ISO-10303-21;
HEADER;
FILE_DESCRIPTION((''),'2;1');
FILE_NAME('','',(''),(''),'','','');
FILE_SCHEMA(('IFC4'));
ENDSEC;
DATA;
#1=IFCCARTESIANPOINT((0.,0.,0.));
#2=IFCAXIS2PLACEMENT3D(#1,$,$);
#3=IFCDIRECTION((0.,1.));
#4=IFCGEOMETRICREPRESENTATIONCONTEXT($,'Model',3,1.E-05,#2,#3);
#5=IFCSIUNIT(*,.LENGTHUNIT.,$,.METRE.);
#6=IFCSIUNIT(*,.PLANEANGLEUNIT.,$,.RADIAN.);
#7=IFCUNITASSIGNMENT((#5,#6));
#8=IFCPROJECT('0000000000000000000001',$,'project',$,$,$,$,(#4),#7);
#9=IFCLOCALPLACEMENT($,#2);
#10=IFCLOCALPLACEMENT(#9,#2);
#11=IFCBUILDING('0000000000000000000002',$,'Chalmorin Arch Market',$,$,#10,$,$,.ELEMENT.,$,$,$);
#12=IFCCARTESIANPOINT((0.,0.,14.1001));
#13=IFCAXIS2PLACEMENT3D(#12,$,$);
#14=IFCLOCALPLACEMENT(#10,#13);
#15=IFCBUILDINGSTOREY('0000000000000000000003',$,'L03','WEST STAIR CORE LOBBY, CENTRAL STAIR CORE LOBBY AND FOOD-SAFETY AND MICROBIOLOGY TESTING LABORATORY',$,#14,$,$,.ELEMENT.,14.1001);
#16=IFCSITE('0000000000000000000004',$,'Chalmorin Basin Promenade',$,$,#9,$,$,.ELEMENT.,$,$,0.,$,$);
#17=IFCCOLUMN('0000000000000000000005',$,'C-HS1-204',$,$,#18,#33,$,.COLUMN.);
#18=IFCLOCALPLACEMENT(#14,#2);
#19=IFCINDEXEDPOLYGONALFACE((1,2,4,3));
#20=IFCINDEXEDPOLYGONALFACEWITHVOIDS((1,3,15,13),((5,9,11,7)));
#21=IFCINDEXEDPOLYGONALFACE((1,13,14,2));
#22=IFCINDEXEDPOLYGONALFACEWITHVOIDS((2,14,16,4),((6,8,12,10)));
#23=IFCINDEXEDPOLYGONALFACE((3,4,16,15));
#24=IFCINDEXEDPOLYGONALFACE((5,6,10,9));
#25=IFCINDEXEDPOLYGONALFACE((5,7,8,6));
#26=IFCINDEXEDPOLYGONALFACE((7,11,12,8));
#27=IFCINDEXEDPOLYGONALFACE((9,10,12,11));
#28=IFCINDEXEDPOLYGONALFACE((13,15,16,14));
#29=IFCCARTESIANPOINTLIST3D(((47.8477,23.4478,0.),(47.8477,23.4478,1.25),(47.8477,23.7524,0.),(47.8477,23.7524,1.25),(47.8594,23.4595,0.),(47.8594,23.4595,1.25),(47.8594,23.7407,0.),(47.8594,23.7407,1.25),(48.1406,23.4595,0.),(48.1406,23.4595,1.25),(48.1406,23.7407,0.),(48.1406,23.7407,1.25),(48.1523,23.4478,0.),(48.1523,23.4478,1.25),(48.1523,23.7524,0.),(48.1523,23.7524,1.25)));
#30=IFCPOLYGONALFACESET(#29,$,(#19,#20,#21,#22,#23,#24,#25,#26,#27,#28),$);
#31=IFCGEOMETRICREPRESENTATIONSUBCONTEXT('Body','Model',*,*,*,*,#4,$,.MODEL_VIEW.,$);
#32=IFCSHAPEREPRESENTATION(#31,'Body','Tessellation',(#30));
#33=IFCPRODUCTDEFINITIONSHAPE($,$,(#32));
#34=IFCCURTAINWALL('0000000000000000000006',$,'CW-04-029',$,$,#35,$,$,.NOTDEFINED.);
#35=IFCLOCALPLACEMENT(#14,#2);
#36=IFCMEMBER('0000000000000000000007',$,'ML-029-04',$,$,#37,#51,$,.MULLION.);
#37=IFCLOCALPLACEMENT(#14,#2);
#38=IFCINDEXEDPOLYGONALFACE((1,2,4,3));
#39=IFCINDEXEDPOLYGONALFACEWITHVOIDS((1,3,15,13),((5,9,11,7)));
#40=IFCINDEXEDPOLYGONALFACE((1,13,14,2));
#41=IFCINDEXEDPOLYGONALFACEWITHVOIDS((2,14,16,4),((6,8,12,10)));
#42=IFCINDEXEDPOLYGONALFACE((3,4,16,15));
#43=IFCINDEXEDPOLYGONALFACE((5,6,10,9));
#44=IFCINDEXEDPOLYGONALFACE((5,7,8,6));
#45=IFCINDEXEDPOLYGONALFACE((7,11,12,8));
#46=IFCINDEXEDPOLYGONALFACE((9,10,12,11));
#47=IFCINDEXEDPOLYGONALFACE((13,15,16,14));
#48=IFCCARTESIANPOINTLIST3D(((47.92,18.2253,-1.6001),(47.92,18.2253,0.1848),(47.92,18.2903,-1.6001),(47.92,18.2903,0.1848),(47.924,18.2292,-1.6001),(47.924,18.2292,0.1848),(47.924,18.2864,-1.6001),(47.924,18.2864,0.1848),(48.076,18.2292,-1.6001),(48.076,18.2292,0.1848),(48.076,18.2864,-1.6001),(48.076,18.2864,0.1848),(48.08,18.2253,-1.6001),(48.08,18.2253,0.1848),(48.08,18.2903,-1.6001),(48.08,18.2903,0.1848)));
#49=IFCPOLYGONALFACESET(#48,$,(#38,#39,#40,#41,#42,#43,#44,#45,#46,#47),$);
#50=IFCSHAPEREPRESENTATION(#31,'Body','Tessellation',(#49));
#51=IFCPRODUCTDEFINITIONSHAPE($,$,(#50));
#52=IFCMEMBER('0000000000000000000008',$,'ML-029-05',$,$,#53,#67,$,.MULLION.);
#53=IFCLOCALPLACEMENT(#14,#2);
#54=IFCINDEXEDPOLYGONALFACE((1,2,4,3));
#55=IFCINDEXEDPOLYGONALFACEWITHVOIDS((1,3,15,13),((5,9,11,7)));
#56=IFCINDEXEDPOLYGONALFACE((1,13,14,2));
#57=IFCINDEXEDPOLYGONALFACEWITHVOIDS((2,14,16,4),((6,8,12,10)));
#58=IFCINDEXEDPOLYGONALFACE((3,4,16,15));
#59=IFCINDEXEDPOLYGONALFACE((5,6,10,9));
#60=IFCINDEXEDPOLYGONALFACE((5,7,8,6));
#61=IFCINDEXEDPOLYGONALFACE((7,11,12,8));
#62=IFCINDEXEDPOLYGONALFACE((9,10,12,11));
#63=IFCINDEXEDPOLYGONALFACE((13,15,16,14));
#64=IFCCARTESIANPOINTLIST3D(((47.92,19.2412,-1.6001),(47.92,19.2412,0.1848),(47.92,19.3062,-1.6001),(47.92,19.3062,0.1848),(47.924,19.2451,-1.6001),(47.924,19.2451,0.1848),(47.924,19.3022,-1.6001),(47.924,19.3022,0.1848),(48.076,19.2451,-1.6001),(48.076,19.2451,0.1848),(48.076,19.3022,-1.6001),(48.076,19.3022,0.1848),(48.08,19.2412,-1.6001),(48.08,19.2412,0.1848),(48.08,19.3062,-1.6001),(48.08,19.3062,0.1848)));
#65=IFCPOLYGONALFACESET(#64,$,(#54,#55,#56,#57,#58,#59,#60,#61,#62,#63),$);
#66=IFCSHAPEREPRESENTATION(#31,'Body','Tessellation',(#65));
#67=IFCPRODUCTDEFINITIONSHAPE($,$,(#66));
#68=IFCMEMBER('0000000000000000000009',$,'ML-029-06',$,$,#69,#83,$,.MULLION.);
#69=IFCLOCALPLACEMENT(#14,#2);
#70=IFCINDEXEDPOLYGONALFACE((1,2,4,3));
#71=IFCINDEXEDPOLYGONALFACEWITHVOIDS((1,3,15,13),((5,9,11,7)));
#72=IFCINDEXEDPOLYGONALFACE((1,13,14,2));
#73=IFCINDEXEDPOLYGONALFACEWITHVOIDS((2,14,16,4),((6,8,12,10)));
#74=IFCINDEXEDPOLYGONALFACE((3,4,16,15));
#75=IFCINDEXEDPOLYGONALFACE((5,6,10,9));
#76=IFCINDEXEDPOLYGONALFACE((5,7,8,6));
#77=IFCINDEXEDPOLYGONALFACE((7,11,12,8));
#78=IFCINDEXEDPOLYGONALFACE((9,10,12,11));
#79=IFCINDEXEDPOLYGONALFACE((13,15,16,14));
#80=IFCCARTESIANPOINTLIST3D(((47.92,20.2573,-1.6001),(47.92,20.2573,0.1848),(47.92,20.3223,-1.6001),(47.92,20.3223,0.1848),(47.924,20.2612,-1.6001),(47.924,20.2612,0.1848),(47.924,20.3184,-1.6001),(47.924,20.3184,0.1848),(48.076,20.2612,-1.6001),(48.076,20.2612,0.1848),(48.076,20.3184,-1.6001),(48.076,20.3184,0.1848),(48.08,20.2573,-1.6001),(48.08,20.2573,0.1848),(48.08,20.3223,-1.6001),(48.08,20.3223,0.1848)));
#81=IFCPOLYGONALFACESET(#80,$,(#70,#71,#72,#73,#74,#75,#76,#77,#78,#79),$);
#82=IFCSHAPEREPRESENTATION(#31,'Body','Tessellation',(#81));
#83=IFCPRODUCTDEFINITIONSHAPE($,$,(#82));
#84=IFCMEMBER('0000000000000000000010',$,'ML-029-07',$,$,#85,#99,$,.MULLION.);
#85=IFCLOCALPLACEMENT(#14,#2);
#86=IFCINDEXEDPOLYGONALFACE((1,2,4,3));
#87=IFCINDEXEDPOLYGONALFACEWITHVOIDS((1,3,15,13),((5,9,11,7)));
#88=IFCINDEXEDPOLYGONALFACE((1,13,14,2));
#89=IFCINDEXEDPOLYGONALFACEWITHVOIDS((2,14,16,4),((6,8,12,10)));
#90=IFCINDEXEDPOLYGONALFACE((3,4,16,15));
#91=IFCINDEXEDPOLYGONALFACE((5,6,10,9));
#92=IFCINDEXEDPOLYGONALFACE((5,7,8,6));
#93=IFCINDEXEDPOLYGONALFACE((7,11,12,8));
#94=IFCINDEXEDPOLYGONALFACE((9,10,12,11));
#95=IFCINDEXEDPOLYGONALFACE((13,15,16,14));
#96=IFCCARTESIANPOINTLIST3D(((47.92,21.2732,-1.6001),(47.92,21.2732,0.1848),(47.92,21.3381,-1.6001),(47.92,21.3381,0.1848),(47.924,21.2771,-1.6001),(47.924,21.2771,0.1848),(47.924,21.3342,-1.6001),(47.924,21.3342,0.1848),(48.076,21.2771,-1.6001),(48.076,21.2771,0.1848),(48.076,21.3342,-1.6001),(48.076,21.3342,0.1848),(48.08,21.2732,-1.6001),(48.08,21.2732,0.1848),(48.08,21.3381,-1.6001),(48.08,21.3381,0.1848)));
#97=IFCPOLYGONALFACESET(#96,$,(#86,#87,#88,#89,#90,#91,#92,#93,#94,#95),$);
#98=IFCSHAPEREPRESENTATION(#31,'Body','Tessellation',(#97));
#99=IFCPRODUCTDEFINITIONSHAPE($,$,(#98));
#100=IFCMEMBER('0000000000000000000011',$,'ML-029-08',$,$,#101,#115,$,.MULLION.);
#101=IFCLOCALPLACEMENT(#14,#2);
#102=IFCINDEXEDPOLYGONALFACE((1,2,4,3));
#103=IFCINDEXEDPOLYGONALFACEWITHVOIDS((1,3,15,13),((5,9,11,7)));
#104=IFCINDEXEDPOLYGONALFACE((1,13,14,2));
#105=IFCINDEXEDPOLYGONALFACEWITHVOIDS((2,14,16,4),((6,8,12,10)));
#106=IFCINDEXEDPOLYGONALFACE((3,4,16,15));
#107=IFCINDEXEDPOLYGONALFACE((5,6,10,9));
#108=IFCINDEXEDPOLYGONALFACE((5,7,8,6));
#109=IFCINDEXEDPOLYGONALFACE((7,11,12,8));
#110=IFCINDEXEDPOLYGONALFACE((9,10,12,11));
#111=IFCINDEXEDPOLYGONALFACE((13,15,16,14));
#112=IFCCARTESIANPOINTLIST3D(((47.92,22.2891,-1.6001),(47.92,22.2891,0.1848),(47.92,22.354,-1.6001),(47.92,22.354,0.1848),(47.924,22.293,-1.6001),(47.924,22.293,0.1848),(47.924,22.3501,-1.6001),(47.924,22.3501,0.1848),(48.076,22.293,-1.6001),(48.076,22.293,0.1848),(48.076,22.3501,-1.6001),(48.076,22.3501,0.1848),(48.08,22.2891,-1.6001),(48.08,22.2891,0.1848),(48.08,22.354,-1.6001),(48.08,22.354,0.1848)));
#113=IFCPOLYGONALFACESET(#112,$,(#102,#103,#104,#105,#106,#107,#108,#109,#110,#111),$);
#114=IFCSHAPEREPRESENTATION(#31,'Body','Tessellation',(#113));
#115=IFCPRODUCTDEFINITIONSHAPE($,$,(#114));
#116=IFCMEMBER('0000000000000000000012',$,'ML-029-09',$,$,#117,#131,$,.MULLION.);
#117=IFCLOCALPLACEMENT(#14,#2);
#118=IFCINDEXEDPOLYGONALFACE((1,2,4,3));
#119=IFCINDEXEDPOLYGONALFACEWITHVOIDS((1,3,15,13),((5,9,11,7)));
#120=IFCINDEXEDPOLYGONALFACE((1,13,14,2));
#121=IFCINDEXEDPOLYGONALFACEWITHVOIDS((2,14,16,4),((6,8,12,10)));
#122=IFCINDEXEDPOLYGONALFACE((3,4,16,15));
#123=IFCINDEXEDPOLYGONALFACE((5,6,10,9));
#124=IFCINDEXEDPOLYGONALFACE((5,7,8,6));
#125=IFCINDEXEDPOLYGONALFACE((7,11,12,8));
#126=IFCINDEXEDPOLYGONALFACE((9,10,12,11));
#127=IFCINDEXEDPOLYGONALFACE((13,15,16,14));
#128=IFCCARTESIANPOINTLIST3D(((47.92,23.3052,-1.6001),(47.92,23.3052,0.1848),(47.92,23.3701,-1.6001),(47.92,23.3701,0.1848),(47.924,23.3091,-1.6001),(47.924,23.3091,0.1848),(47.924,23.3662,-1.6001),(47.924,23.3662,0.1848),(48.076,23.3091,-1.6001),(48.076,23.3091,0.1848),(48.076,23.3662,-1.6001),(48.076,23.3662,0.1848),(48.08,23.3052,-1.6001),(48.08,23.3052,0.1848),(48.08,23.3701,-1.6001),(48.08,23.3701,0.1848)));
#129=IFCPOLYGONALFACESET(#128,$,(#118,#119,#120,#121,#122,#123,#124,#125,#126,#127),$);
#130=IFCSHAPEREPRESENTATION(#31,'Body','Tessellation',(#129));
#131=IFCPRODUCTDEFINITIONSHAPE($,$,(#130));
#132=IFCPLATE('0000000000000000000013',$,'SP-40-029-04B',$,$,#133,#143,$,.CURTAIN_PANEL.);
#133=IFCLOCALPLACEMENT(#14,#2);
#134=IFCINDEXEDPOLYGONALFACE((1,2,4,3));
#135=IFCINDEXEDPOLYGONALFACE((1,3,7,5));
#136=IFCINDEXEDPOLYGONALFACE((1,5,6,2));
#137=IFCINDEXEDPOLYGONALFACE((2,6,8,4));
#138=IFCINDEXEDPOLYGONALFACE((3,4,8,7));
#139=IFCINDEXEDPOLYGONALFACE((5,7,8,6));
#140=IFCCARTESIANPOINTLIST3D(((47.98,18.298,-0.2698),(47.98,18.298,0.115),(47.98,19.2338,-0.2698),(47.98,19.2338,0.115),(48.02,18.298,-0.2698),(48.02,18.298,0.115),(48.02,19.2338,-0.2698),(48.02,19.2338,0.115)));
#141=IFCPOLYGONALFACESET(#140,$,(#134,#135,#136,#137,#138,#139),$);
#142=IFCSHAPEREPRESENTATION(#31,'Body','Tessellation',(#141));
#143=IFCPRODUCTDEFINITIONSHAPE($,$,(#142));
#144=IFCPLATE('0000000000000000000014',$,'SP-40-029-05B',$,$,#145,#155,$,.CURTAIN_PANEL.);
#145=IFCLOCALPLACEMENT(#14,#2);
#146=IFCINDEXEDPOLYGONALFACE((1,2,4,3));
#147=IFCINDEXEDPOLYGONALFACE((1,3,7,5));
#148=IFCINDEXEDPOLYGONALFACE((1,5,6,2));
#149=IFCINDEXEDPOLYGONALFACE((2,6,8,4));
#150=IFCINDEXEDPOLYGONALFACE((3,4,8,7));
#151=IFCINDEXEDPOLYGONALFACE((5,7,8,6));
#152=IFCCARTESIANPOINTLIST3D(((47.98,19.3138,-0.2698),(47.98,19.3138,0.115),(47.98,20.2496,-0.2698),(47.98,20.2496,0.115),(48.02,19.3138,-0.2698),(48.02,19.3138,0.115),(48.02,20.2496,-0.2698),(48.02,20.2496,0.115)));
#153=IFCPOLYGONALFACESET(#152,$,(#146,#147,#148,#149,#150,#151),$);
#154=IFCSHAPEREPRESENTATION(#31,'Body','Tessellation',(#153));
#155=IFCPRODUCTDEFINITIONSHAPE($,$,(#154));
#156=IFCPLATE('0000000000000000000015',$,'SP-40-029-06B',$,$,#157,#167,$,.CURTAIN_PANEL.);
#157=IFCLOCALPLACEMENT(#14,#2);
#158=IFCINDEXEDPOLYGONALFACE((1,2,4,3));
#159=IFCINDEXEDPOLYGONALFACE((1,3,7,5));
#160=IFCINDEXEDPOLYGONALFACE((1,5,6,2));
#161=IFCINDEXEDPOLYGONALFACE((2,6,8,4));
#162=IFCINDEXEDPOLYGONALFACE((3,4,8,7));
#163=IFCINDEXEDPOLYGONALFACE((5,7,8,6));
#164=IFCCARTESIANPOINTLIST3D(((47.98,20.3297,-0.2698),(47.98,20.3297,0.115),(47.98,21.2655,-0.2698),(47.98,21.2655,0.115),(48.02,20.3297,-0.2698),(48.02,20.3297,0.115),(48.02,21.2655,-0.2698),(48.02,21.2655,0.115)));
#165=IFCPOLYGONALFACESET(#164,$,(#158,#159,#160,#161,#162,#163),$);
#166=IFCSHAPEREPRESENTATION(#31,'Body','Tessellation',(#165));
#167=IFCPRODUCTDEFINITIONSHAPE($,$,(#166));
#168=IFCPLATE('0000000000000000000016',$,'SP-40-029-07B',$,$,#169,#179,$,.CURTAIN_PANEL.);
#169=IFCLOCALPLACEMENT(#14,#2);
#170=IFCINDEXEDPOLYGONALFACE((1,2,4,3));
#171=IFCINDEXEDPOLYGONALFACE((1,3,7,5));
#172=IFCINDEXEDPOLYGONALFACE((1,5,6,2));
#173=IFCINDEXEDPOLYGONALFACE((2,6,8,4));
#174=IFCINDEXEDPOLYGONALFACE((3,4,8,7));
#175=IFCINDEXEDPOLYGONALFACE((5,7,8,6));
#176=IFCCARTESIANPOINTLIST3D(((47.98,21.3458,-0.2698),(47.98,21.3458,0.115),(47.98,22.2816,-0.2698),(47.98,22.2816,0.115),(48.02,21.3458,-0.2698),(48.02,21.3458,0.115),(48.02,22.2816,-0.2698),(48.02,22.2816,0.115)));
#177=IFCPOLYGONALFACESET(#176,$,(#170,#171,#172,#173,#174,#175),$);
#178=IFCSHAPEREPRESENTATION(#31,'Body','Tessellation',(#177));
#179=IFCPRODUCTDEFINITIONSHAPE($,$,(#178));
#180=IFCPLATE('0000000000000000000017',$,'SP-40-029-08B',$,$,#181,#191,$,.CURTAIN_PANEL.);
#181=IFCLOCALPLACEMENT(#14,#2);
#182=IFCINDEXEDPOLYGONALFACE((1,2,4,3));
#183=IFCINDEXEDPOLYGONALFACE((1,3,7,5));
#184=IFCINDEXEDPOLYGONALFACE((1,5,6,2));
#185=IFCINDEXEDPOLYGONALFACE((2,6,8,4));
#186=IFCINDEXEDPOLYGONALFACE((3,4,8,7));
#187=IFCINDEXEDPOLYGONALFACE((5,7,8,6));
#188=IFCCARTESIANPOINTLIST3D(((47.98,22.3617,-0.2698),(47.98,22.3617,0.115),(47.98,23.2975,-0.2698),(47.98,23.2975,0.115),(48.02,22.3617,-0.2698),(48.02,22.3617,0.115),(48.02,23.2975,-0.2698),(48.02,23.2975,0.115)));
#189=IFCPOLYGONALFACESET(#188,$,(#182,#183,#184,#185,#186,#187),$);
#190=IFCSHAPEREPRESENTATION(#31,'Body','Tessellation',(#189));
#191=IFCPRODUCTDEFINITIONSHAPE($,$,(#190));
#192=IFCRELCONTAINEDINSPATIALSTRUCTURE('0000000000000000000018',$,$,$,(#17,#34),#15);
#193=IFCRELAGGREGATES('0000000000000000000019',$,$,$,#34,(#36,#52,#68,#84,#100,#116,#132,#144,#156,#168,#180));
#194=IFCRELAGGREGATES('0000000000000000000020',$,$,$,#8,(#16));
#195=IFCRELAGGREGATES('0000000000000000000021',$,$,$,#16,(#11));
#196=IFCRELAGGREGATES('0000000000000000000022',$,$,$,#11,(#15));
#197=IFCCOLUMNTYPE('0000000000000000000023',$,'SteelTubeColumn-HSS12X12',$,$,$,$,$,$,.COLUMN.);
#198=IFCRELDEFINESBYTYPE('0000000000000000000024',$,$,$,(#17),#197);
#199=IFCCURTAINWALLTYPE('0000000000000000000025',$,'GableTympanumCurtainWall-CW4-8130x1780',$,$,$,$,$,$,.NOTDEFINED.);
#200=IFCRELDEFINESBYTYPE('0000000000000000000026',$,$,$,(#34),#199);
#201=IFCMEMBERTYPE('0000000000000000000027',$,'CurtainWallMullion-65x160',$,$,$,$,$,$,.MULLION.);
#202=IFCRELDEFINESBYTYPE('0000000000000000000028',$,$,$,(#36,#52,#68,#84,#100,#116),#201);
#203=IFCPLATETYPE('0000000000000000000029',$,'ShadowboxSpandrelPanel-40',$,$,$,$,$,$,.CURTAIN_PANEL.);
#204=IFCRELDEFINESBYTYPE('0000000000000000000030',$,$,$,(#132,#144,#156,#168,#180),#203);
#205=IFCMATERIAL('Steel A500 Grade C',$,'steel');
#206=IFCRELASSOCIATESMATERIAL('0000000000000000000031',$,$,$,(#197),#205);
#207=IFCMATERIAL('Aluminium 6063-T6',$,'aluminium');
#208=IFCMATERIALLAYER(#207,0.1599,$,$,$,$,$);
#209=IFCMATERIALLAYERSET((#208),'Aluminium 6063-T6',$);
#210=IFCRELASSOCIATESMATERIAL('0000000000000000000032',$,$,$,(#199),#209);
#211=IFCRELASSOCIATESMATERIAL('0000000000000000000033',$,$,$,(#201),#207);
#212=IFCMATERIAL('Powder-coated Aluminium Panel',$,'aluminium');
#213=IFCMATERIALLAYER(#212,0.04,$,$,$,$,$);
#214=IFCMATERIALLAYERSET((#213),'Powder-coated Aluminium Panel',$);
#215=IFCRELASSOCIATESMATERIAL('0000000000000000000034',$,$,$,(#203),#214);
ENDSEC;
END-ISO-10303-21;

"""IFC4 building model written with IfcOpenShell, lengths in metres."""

from ifc_helpers import new_model, si_unit, direction, frame, origin, origin_2d, place, context, subcontext, project, spatial, rectangle, hollow_rectangle, extrude, material, layer, layer_set, material_profile, profile_set, type_object, element, aggregate, save


model = new_model("IFC4")

# Units and contexts
model_context = context("Model", 3, precision=1e-05, world=origin(), true_north=direction((0.0, 1.0)))
body_context = subcontext(model_context, "Body", "Model", "MODEL_VIEW")
ifc_project = project(units=[si_unit("LENGTHUNIT", "METRE"), si_unit("PLANEANGLEUNIT", "RADIAN")], contexts=[model_context])

# Site, building, storey
site_placement = place(None, origin())
site = spatial("IfcSite", under=ifc_project, at=site_placement, Name="Chalmorin Basin Promenade", CompositionType="ELEMENT", RefElevation=0.0)
building_placement = place(site_placement, origin())
building = spatial("IfcBuilding", under=site, at=building_placement, Name="Chalmorin Arch Market", CompositionType="ELEMENT")
storey_placement = place(building_placement, frame((0.0, 0.0, 14.1001)))
storey = spatial("IfcBuildingStorey", under=building, at=storey_placement, Name="L03", Description="WEST STAIR CORE LOBBY, CENTRAL STAIR CORE LOBBY AND FOOD-SAFETY AND MICROBIOLOGY TESTING LABORATORY", CompositionType="ELEMENT", Elevation=14.1001)

# Column
ifc_material_1 = material(Name="Steel A500 Grade C", Category="steel")
ifc_material_profile_1 = material_profile(ifc_material_1, hollow_rectangle(XDim=0.3047, YDim=0.3047, WallThickness=0.0117, at=origin_2d()), Name="HSS12X12X1/2")
ifc_profile_set_1 = profile_set([ifc_material_profile_1], Name="Steel A500 Grade C")
column_type = type_object("IfcColumnType", Name="SteelTubeColumn-HSS12X12", PredefinedType="COLUMN", material=ifc_profile_set_1)
column_placement = place(storey_placement, frame((48.0, 23.6001, 0.0), z_axis=(0.0, 0.0, 1.0), x_axis=(1.0, 0.0, 0.0)))
element("IfcColumn", 1, at=column_placement, inside=storey, type_object=column_type, Name="C-HS1-204", PredefinedType="COLUMN", context=body_context, shape_type="SweptSolid", body=[
    extrude(hollow_rectangle(XDim=0.3047, YDim=0.3047, WallThickness=0.0117, at=origin_2d()), origin(), (0.0, 0.0, 1.0), 1.25),
])

# Curtain wall, members, plates
ifc_material_2 = material(Name="Aluminium 6063-T6", Category="aluminium")
ifc_layer_1 = layer(ifc_material_2, 0.1599)
ifc_layer_set_1 = layer_set([ifc_layer_1], Name="Aluminium 6063-T6")
curtain_wall_type = type_object("IfcCurtainWallType", Name="GableTympanumCurtainWall-CW4-8130x1780", PredefinedType="NOTDEFINED", material=ifc_layer_set_1)
curtain_wall_placement = place(storey_placement, origin())
curtain_wall = element("IfcCurtainWall", 2, at=curtain_wall_placement, inside=storey, type_object=curtain_wall_type, Name="CW-04-029", PredefinedType="NOTDEFINED")
ifc_material_profile_2 = material_profile(ifc_material_2, hollow_rectangle(XDim=0.0649, YDim=0.1599, WallThickness=0.0039, at=origin_2d()), Name="ALU65X160X4")
ifc_profile_set_2 = profile_set([ifc_material_profile_2], Name="Aluminium 6063-T6")
member_type = type_object("IfcMemberType", Name="CurtainWallMullion-65x160", PredefinedType="MULLION", material=ifc_profile_set_2)
member_1_placement = place(storey_placement, frame((48.0, 18.2578, -1.6001), z_axis=(0.0, 0.0, 1.0), x_axis=(0.0, 1.0, 0.0)))
member_1 = element("IfcMember", 3, at=member_1_placement, type_object=member_type, Name="ML-029-04", PredefinedType="MULLION", context=body_context, shape_type="SweptSolid", body=[
    extrude(hollow_rectangle(XDim=0.0649, YDim=0.1599, WallThickness=0.0039, at=origin_2d()), origin(), (0.0, 0.0, 1.0), 1.7849),
])
member_2_placement = place(storey_placement, frame((48.0, 19.2737, -1.6001), z_axis=(0.0, 0.0, 1.0), x_axis=(0.0, 1.0, 0.0)))
member_2 = element("IfcMember", 4, at=member_2_placement, type_object=member_type, Name="ML-029-05", PredefinedType="MULLION", context=body_context, shape_type="SweptSolid", body=[
    extrude(hollow_rectangle(XDim=0.0649, YDim=0.1599, WallThickness=0.0039, at=origin_2d()), origin(), (0.0, 0.0, 1.0), 1.7849),
])
member_3_placement = place(storey_placement, frame((48.0, 20.2898, -1.6001), z_axis=(0.0, 0.0, 1.0), x_axis=(0.0, 1.0, 0.0)))
member_3 = element("IfcMember", 5, at=member_3_placement, type_object=member_type, Name="ML-029-06", PredefinedType="MULLION", context=body_context, shape_type="SweptSolid", body=[
    extrude(hollow_rectangle(XDim=0.0649, YDim=0.1599, WallThickness=0.0039, at=origin_2d()), origin(), (0.0, 0.0, 1.0), 1.7849),
])
member_4_placement = place(storey_placement, frame((48.0, 21.3057, -1.6001), z_axis=(0.0, 0.0, 1.0), x_axis=(0.0, 1.0, 0.0)))
member_4 = element("IfcMember", 6, at=member_4_placement, type_object=member_type, Name="ML-029-07", PredefinedType="MULLION", context=body_context, shape_type="SweptSolid", body=[
    extrude(hollow_rectangle(XDim=0.0649, YDim=0.1599, WallThickness=0.0039, at=origin_2d()), origin(), (0.0, 0.0, 1.0), 1.7849),
])
member_5_placement = place(storey_placement, frame((48.0, 22.3215, -1.6001), z_axis=(0.0, 0.0, 1.0), x_axis=(0.0, 1.0, 0.0)))
member_5 = element("IfcMember", 7, at=member_5_placement, type_object=member_type, Name="ML-029-08", PredefinedType="MULLION", context=body_context, shape_type="SweptSolid", body=[
    extrude(hollow_rectangle(XDim=0.0649, YDim=0.1599, WallThickness=0.0039, at=origin_2d()), origin(), (0.0, 0.0, 1.0), 1.7849),
])
member_6_placement = place(storey_placement, frame((48.0, 23.3376, -1.6001), z_axis=(0.0, 0.0, 1.0), x_axis=(0.0, 1.0, 0.0)))
member_6 = element("IfcMember", 8, at=member_6_placement, type_object=member_type, Name="ML-029-09", PredefinedType="MULLION", context=body_context, shape_type="SweptSolid", body=[
    extrude(hollow_rectangle(XDim=0.0649, YDim=0.1599, WallThickness=0.0039, at=origin_2d()), origin(), (0.0, 0.0, 1.0), 1.7849),
])
ifc_material_3 = material(Name="Powder-coated Aluminium Panel", Category="aluminium")
ifc_layer_2 = layer(ifc_material_3, 0.04)
ifc_layer_set_2 = layer_set([ifc_layer_2], Name="Powder-coated Aluminium Panel")
plate_type_1 = type_object("IfcPlateType", Name="ShadowboxSpandrelPanel-40", PredefinedType="CURTAIN_PANEL", material=ifc_layer_set_2)
plate_1_placement = place(storey_placement, frame((48.0, 18.7659, -0.2698), z_axis=(0.0, 0.0, 1.0), x_axis=(0.0, 1.0, 0.0)))
plate_1 = element("IfcPlate", 9, at=plate_1_placement, type_object=plate_type_1, Name="SP-40-029-04B", PredefinedType="CURTAIN_PANEL", context=body_context, shape_type="SweptSolid", body=[
    extrude(rectangle(XDim=0.9358, YDim=0.04, at=origin_2d()), origin(), (0.0, 0.0, 1.0), 0.3848),
])
plate_2_placement = place(storey_placement, frame((48.0, 19.7817, -0.2698), z_axis=(0.0, 0.0, 1.0), x_axis=(0.0, 1.0, 0.0)))
plate_2 = element("IfcPlate", 10, at=plate_2_placement, type_object=plate_type_1, Name="SP-40-029-05B", PredefinedType="CURTAIN_PANEL", context=body_context, shape_type="SweptSolid", body=[
    extrude(rectangle(XDim=0.9358, YDim=0.04, at=origin_2d()), origin(), (0.0, 0.0, 1.0), 0.3848),
])
plate_3_placement = place(storey_placement, frame((48.0, 20.7976, -0.2698), z_axis=(0.0, 0.0, 1.0), x_axis=(0.0, 1.0, 0.0)))
plate_3 = element("IfcPlate", 11, at=plate_3_placement, type_object=plate_type_1, Name="SP-40-029-06B", PredefinedType="CURTAIN_PANEL", context=body_context, shape_type="SweptSolid", body=[
    extrude(rectangle(XDim=0.9358, YDim=0.04, at=origin_2d()), origin(), (0.0, 0.0, 1.0), 0.3848),
])
plate_4_placement = place(storey_placement, frame((48.0, 21.8137, -0.2698), z_axis=(0.0, 0.0, 1.0), x_axis=(0.0, 1.0, 0.0)))
plate_4 = element("IfcPlate", 12, at=plate_4_placement, type_object=plate_type_1, Name="SP-40-029-07B", PredefinedType="CURTAIN_PANEL", context=body_context, shape_type="SweptSolid", body=[
    extrude(rectangle(XDim=0.9358, YDim=0.04, at=origin_2d()), origin(), (0.0, 0.0, 1.0), 0.3848),
])
plate_5_placement = place(storey_placement, frame((48.0, 22.8296, -0.2698), z_axis=(0.0, 0.0, 1.0), x_axis=(0.0, 1.0, 0.0)))
plate_5 = element("IfcPlate", 13, at=plate_5_placement, type_object=plate_type_1, Name="SP-40-029-08B", PredefinedType="CURTAIN_PANEL", context=body_context, shape_type="SweptSolid", body=[
    extrude(rectangle(XDim=0.9358, YDim=0.04, at=origin_2d()), origin(), (0.0, 0.0, 1.0), 0.3848),
])
aggregate(curtain_wall, [member_1, member_2, member_3, member_4, member_5, member_6, plate_1, plate_2, plate_3, plate_4, plate_5])

save(model, "model.ifc")
